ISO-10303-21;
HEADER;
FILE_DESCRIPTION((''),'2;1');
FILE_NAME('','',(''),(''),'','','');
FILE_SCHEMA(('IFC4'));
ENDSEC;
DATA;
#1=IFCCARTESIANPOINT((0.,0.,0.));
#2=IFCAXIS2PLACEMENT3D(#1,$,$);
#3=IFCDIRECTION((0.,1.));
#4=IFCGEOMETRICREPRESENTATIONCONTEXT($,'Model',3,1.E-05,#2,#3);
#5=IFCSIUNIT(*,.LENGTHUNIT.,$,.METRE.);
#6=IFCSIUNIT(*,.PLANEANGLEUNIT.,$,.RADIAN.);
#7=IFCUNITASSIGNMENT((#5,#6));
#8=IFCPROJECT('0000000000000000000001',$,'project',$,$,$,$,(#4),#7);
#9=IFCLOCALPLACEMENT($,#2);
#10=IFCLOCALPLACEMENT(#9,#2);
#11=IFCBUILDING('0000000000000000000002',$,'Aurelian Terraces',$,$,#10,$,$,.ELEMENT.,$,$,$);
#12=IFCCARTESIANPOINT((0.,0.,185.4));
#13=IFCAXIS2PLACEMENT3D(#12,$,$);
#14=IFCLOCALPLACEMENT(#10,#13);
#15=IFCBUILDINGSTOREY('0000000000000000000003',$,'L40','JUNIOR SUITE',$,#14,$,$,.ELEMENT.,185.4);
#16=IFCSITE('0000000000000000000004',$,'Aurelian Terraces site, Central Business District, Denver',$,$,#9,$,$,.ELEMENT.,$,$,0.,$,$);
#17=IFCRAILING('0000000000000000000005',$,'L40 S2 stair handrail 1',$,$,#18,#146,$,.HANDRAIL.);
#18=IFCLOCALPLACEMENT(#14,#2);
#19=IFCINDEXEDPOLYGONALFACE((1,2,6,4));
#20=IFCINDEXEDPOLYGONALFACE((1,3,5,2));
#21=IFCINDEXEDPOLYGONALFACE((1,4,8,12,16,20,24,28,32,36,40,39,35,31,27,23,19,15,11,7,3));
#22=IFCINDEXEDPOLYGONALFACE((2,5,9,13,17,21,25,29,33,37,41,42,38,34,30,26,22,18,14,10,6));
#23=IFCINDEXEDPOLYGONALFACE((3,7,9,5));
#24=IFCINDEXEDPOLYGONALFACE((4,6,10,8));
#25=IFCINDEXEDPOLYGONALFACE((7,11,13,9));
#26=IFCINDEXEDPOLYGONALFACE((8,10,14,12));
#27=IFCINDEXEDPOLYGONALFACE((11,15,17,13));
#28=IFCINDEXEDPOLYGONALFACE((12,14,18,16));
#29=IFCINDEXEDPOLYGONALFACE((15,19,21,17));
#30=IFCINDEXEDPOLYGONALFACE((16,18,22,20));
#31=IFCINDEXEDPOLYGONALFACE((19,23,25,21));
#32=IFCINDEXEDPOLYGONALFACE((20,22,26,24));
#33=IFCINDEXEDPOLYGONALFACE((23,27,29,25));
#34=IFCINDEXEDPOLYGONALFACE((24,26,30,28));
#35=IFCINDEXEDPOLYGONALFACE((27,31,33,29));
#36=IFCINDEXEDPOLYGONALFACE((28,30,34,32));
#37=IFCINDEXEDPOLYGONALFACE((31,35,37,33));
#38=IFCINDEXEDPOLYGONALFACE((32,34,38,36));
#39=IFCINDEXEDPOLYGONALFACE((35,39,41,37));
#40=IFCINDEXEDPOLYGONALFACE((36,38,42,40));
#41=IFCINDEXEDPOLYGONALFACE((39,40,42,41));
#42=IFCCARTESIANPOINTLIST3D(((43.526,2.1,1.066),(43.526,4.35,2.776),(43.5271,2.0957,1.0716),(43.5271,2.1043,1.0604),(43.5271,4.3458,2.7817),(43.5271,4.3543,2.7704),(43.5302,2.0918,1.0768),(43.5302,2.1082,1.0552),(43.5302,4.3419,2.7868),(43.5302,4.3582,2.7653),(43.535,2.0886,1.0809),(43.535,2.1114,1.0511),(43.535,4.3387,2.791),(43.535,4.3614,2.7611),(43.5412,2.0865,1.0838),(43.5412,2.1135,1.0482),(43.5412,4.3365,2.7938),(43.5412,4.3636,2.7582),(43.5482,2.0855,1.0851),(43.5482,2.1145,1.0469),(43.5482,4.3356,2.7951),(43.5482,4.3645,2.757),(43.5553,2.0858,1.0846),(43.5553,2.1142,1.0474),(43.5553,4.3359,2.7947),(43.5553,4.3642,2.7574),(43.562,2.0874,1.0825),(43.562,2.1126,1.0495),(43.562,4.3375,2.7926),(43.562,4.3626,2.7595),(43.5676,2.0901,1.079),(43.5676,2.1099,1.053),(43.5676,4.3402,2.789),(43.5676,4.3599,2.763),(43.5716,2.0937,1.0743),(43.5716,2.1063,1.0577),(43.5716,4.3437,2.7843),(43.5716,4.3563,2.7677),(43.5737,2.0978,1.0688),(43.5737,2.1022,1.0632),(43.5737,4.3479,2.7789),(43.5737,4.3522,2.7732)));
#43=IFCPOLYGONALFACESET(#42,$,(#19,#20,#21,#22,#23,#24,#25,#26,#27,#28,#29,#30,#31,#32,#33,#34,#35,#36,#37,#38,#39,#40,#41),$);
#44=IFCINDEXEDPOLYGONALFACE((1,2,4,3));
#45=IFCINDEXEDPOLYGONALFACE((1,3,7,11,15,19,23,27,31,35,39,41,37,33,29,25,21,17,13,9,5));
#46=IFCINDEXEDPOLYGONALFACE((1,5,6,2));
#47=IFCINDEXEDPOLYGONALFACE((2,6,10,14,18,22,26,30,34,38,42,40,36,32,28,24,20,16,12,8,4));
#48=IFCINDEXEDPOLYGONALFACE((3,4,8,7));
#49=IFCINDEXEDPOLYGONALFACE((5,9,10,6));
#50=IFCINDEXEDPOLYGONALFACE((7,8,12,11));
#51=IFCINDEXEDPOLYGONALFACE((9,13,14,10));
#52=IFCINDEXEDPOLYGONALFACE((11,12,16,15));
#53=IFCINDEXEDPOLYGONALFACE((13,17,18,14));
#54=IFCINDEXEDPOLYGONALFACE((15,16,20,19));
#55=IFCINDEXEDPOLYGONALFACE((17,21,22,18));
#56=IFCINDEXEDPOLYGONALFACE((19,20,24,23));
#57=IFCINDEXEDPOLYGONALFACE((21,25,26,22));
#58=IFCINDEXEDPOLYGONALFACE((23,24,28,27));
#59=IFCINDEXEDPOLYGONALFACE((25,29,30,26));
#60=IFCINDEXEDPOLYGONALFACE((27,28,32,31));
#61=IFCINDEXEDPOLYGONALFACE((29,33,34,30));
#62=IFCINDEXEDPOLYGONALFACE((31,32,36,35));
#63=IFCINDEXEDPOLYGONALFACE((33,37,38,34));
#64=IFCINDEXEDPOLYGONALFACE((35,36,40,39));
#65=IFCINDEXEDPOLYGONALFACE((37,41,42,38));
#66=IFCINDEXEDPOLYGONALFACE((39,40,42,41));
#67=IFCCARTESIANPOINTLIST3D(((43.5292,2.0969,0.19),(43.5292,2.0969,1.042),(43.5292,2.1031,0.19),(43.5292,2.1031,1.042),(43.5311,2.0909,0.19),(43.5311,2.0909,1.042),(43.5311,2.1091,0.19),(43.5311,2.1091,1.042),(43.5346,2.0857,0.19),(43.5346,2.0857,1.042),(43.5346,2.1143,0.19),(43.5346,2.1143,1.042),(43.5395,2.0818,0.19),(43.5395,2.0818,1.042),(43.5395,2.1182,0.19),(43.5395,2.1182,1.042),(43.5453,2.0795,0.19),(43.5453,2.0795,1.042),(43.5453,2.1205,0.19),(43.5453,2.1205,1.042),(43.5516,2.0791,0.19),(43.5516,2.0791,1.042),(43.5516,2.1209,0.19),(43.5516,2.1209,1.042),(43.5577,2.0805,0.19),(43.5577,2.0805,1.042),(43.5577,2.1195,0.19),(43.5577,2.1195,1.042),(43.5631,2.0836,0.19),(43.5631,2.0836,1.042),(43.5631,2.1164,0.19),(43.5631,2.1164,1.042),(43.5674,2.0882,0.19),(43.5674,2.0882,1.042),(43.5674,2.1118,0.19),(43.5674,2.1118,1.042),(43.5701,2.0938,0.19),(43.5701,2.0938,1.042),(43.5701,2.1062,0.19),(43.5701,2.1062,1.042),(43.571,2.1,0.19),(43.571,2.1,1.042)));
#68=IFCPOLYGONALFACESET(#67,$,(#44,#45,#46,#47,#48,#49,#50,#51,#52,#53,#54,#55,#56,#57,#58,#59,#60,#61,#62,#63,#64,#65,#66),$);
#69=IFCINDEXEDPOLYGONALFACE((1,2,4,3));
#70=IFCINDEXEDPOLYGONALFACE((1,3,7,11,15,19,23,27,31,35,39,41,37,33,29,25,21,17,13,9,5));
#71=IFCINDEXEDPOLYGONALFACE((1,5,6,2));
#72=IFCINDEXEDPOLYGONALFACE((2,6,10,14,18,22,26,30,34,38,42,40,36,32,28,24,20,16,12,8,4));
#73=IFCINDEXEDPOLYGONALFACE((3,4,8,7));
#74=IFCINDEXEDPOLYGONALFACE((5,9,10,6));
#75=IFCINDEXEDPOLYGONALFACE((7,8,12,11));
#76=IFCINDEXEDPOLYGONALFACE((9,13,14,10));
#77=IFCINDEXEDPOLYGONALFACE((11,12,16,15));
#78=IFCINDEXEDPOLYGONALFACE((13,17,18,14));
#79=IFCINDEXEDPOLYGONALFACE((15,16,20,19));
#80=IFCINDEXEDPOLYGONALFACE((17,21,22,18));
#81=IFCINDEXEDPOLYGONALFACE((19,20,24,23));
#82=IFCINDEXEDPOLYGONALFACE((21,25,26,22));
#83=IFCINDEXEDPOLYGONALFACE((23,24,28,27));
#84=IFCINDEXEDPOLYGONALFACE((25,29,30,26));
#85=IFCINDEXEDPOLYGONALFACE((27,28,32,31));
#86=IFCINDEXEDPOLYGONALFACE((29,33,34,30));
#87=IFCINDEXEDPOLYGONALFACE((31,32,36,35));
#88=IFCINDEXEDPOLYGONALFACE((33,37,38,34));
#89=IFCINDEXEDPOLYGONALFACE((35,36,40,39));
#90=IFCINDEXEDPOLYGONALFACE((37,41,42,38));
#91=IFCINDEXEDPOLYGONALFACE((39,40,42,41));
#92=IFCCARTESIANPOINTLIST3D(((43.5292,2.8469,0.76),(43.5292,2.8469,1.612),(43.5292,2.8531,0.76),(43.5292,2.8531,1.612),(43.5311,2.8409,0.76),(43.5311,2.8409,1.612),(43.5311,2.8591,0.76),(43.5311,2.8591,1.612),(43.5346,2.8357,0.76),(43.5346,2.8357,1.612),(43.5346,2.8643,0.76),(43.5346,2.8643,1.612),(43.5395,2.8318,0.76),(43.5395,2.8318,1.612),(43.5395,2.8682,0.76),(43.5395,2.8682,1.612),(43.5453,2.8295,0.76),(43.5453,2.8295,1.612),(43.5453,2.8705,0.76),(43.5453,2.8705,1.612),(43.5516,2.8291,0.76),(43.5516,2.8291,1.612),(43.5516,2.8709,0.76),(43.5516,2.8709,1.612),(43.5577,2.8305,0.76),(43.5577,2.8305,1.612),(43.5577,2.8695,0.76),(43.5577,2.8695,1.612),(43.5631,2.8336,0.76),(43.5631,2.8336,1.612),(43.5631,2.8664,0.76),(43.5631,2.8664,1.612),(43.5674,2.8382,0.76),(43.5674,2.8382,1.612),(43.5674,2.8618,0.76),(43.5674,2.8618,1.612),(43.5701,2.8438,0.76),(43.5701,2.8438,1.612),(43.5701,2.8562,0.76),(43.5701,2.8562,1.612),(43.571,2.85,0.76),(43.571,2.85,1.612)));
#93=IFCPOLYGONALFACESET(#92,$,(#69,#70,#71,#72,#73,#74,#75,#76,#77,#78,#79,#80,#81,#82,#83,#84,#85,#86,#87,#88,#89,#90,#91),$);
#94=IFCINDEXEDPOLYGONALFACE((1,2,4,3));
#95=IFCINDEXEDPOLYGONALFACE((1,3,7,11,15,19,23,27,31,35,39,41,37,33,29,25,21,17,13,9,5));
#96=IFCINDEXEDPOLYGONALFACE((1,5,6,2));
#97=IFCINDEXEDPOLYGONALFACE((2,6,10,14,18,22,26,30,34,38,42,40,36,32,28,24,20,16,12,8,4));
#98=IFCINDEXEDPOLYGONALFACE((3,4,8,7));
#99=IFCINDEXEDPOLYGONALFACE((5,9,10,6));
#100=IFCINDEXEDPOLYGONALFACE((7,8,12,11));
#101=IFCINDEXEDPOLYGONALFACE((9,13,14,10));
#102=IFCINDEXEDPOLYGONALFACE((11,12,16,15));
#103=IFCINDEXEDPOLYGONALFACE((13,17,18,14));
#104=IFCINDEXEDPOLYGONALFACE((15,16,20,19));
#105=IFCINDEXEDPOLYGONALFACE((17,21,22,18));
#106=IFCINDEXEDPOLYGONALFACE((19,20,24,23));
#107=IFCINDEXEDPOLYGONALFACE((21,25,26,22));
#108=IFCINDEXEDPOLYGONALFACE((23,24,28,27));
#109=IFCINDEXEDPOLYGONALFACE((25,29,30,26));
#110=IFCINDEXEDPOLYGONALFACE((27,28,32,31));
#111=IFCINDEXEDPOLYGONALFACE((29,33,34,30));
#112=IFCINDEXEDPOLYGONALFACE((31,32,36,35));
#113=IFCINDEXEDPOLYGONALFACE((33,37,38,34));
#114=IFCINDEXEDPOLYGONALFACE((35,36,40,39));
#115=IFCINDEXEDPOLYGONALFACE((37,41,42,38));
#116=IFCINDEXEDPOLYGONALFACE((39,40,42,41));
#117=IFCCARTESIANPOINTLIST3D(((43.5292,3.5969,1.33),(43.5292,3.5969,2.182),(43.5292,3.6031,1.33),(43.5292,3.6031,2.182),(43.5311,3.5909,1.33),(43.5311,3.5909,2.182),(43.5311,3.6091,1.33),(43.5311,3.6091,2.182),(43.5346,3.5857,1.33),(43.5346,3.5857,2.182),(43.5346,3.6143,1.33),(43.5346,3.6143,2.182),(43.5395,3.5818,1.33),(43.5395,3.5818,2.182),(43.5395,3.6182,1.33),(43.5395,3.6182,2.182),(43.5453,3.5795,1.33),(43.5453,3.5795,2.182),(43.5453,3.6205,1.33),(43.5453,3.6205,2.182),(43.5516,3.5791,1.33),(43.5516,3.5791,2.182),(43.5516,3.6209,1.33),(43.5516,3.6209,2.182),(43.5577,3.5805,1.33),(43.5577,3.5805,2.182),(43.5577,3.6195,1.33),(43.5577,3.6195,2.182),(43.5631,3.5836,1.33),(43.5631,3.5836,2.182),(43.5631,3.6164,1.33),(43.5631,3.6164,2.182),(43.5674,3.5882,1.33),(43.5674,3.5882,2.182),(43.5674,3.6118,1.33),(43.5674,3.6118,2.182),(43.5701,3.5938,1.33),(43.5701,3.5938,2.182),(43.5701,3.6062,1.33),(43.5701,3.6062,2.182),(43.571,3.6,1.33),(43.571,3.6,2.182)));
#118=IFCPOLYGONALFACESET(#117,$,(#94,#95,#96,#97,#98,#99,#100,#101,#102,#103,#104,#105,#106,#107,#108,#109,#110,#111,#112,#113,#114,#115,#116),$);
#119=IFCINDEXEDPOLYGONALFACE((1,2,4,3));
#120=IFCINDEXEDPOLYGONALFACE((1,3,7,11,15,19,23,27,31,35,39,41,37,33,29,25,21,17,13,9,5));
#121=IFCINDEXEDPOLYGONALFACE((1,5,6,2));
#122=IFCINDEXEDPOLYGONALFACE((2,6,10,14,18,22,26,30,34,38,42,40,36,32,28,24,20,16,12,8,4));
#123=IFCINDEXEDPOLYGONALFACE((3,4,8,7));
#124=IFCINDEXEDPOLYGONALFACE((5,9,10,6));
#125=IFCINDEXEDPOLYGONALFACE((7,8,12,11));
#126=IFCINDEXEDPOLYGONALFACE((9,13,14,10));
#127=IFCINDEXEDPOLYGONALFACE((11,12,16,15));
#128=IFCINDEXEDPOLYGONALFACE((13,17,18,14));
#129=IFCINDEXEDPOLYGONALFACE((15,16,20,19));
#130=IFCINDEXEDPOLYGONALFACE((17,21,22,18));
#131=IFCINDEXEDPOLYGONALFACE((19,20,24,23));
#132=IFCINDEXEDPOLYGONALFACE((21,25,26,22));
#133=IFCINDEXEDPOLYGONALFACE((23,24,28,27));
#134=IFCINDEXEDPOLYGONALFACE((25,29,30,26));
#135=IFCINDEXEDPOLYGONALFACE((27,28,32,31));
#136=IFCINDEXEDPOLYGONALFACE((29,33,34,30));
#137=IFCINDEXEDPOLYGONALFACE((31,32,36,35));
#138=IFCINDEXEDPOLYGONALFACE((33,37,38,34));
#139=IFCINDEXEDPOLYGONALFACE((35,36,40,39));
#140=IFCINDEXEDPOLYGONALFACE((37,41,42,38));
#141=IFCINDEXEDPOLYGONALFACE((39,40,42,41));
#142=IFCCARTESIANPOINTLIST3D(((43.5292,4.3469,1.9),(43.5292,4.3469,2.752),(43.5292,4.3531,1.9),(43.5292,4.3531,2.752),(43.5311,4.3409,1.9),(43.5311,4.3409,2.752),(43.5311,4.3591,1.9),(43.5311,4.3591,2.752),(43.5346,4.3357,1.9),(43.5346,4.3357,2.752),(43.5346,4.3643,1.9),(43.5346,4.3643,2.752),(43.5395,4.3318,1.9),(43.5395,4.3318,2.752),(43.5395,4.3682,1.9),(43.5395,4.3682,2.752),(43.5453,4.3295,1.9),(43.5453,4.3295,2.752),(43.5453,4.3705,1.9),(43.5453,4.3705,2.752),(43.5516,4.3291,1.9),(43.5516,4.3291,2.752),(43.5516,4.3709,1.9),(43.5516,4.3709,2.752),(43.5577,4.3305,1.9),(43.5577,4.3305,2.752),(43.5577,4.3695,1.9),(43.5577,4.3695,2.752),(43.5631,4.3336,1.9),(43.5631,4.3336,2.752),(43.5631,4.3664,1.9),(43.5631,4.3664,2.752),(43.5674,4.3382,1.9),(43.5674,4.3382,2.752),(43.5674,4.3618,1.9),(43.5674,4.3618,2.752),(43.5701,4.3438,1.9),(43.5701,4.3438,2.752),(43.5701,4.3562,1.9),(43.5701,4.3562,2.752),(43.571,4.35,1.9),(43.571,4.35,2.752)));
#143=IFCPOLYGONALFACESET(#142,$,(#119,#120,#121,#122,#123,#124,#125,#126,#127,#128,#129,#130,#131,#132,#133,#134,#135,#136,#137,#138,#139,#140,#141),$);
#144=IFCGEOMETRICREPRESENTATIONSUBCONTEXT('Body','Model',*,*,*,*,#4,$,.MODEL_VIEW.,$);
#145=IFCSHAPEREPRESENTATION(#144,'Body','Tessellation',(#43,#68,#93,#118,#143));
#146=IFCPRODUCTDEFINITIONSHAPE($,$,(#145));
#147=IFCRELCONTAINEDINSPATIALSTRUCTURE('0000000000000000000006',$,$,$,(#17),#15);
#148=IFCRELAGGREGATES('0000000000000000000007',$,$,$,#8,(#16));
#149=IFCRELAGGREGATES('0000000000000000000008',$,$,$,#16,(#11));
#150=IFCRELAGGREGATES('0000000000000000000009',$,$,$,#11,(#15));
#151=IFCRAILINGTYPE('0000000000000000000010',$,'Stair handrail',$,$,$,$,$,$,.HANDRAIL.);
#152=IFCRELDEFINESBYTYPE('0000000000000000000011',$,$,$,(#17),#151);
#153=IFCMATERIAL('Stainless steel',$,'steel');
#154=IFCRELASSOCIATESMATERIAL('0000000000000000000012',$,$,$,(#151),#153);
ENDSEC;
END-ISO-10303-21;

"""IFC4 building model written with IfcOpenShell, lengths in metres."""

from ifc_helpers import new_model, si_unit, direction, frame, origin, origin_2d, place, context, subcontext, project, spatial, circle, extrude, source, transform, mapped, material, type_object, element, save


model = new_model("IFC4")

# Units and contexts
model_context = context("Model", 3, precision=1e-05, world=origin(), true_north=direction((0.0, 1.0)))
body_context = subcontext(model_context, "Body", "Model", "MODEL_VIEW")
ifc_project = project(units=[si_unit("LENGTHUNIT", "METRE"), si_unit("PLANEANGLEUNIT", "RADIAN")], contexts=[model_context])

# Site, building, storey
site_placement = place(None, origin())
site = spatial("IfcSite", under=ifc_project, at=site_placement, Name="Aurelian Terraces site, Central Business District, Denver", CompositionType="ELEMENT", RefElevation=0.0)
building_placement = place(site_placement, origin())
building = spatial("IfcBuilding", under=site, at=building_placement, Name="Aurelian Terraces", CompositionType="ELEMENT")
storey_placement = place(building_placement, frame((0.0, 0.0, 185.4)))
storey = spatial("IfcBuildingStorey", under=building, at=storey_placement, Name="L40", Description="JUNIOR SUITE", CompositionType="ELEMENT", Elevation=185.4)

# Railing
ifc_material_1 = material(Name="Stainless steel", Category="steel")
railing_type_1 = type_object("IfcRailingType", Name="Stair handrail", PredefinedType="HANDRAIL", material=ifc_material_1)
shared_shape_1 = source(origin(), body_context, "Body", "SweptSolid", [
    extrude(circle(Radius=0.024, at=origin_2d()), frame((0.0, 0.0, 0.876), z_axis=(0.0, 0.796162, 0.605083), x_axis=(-1.0, 0.0, 0.0)), (0.0, 0.0, 1.0), 2.8261),
    extrude(circle(Radius=0.021, at=origin_2d()), origin(), (0.0, 0.0, 1.0), 0.852),
    extrude(circle(Radius=0.021, at=origin_2d()), frame((0.0, 0.75, 0.57)), (0.0, 0.0, 1.0), 0.852),
    extrude(circle(Radius=0.021, at=origin_2d()), frame((0.0, 1.5, 1.14)), (0.0, 0.0, 1.0), 0.852),
    extrude(circle(Radius=0.021, at=origin_2d()), frame((0.0, 2.25, 1.71)), (0.0, 0.0, 1.0), 0.852),
])
railing_1_placement = place(storey_placement, frame((43.55, 2.1, 0.19)))
element("IfcRailing", 1, at=railing_1_placement, inside=storey, type_object=railing_type_1, Name="L40 S2 stair handrail 1", PredefinedType="HANDRAIL", context=body_context, shape_type="MappedRepresentation", body=[
    mapped(shared_shape_1, transform((0.0, 0.0, 0.0), scale=1.0)),
])

save(model, "model.ifc")
